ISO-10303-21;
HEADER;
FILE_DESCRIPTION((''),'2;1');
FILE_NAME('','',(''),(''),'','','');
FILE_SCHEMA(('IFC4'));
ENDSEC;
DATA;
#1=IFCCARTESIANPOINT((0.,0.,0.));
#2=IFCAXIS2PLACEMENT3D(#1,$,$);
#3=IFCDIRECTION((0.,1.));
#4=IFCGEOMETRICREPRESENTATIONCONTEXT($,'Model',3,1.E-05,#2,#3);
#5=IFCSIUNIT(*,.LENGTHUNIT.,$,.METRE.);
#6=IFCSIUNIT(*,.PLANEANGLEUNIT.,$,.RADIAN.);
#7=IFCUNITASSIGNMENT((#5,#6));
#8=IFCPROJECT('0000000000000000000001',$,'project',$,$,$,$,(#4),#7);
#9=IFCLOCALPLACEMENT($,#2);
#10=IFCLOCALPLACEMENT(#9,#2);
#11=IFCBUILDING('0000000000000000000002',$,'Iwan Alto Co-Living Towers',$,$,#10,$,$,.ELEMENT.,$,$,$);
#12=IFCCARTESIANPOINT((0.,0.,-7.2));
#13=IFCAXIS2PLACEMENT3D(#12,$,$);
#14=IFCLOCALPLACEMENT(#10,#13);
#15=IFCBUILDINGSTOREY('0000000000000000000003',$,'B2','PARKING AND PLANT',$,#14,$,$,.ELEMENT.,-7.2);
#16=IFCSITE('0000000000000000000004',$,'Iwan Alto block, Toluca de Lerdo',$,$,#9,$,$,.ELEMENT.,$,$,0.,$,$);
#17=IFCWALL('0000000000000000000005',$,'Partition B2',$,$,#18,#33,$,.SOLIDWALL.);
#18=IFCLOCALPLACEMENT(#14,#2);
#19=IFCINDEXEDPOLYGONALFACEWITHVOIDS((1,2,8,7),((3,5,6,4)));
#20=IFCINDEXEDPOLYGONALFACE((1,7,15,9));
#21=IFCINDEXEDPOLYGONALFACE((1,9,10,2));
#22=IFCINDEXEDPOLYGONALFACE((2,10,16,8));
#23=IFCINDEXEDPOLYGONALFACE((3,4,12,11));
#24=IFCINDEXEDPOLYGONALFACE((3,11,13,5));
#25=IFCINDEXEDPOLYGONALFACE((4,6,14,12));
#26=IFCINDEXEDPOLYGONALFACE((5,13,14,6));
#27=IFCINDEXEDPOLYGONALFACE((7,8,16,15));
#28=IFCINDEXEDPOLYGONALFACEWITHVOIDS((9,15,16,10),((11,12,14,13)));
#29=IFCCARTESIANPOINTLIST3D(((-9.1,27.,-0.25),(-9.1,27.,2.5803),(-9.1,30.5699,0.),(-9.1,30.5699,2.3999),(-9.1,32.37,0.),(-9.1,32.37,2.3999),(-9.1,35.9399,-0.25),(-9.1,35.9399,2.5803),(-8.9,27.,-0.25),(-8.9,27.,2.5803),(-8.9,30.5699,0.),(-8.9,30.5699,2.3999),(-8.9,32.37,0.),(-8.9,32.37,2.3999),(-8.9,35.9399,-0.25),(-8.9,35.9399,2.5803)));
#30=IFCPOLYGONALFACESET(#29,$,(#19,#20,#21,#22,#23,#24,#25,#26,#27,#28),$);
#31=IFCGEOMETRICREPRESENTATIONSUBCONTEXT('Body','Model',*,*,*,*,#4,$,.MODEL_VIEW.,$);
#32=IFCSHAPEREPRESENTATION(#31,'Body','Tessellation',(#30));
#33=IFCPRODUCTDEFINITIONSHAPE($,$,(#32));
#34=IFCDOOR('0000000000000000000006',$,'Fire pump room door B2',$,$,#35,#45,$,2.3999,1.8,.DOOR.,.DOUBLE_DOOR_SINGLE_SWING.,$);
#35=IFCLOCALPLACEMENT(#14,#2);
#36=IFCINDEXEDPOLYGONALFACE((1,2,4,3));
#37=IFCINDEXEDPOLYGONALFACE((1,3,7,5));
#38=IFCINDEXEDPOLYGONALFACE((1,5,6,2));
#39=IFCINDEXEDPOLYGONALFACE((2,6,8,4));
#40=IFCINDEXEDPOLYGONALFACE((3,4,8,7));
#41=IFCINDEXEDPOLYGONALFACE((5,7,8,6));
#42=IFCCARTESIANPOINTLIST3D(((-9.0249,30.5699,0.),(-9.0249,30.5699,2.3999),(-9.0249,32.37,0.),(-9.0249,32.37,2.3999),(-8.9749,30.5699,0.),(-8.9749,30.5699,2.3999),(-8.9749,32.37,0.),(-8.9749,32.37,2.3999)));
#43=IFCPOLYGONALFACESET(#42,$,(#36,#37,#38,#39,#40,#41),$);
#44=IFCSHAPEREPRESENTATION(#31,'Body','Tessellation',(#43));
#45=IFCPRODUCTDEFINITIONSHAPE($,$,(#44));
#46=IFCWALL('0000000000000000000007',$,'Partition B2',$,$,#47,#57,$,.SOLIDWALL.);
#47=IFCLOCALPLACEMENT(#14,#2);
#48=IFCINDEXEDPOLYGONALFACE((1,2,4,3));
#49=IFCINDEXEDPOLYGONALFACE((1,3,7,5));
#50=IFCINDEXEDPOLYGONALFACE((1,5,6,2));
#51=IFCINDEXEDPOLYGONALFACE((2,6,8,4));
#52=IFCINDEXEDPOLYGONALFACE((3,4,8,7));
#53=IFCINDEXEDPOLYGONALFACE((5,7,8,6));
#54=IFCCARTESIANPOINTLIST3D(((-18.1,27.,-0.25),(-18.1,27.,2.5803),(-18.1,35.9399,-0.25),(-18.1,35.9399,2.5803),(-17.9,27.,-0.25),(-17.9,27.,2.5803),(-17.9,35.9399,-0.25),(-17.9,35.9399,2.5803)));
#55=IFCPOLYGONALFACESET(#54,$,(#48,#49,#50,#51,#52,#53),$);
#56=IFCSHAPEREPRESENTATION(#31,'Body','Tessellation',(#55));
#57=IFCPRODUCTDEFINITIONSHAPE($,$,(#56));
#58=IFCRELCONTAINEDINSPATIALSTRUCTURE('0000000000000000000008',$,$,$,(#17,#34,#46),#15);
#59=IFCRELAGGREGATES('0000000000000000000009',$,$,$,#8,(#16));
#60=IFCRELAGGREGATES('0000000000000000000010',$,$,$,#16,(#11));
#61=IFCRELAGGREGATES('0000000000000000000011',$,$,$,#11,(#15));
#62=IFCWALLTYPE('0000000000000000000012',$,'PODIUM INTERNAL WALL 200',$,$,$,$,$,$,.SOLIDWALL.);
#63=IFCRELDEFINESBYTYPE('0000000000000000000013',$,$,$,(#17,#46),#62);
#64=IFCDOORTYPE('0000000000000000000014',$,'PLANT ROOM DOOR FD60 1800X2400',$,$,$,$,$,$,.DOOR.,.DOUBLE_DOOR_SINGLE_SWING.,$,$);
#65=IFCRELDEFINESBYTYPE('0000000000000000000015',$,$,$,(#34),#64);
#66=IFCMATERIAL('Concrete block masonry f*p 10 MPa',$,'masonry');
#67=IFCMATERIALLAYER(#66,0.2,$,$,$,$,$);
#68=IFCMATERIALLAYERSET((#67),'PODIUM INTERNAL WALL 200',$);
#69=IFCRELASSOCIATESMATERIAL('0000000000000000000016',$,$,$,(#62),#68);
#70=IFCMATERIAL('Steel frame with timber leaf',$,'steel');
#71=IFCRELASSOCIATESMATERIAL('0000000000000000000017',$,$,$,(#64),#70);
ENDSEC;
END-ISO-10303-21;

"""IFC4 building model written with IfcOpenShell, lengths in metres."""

from ifc_helpers import new_model, si_unit, direction, frame, frame_2d, origin, place, context, subcontext, project, spatial, rectangle, extrude, material, layer, layer_set, type_object, element, fill, save


model = new_model("IFC4")

# Units and contexts
model_context = context("Model", 3, precision=1e-05, world=origin(), true_north=direction((0.0, 1.0)))
body_context = subcontext(model_context, "Body", "Model", "MODEL_VIEW")
ifc_project = project(units=[si_unit("LENGTHUNIT", "METRE"), si_unit("PLANEANGLEUNIT", "RADIAN")], contexts=[model_context])

# Site, building, storey
site_placement = place(None, origin())
site = spatial("IfcSite", under=ifc_project, at=site_placement, Name="Iwan Alto block, Toluca de Lerdo", CompositionType="ELEMENT", RefElevation=0.0)
building_placement = place(site_placement, origin())
building = spatial("IfcBuilding", under=site, at=building_placement, Name="Iwan Alto Co-Living Towers", CompositionType="ELEMENT")
storey_placement = place(building_placement, frame((0.0, 0.0, -7.2)))
storey = spatial("IfcBuildingStorey", under=building, at=storey_placement, Name="B2", Description="PARKING AND PLANT", CompositionType="ELEMENT", Elevation=-7.2)

# Wall, opening, door
ifc_material_1 = material(Name="Concrete block masonry f*p 10 MPa", Category="masonry")
ifc_layer_1 = layer(ifc_material_1, 0.2)
ifc_layer_set_1 = layer_set([ifc_layer_1], Name="PODIUM INTERNAL WALL 200")
wall_type_1 = type_object("IfcWallType", Name="PODIUM INTERNAL WALL 200", PredefinedType="SOLIDWALL", material=ifc_layer_set_1)
wall_1_placement = place(storey_placement, frame((-9.0, 27.0, -0.25), z_axis=(0.0, 0.0, 1.0), x_axis=(0.0, 1.0, 0.0)))
wall_1 = element("IfcWall", 1, at=wall_1_placement, inside=storey, type_object=wall_type_1, Name="Partition B2", PredefinedType="SOLIDWALL", context=body_context, shape_type="SweptSolid", body=[
    extrude(rectangle(XDim=8.9399, YDim=0.2, at=frame_2d((4.47, 0.0))), origin(), (0.0, 0.0, 1.0), 2.8303),
])
opening_placement = place(wall_1_placement, frame((3.5701, 0.0, 0.25)))
opening = element("IfcOpeningElement", 2, at=opening_placement, cuts=wall_1, PredefinedType="OPENING", context=body_context, shape_type="SweptSolid", body=[
    extrude(rectangle(XDim=1.8, YDim=2.3999, at=frame_2d((0.8999, 1.2))), frame((0.0, 0.1099, 0.0), z_axis=(0.0, -1.0, 0.0), x_axis=(1.0, 0.0, 0.0)), (0.0, 0.0, 1.0), 0.22),
])
ifc_material_2 = material(Name="Steel frame with timber leaf", Category="steel")
door_type = type_object("IfcDoorType", Name="PLANT ROOM DOOR FD60 1800X2400", OperationType="DOUBLE_DOOR_SINGLE_SWING", PredefinedType="DOOR", material=ifc_material_2)
door_placement = place(opening_placement, origin())
door = element("IfcDoor", 3, at=door_placement, inside=storey, type_object=door_type, Name="Fire pump room door B2", OperationType="DOUBLE_DOOR_SINGLE_SWING", OverallHeight=2.3999, OverallWidth=1.8, PredefinedType="DOOR", context=body_context, shape_type="SweptSolid", body=[
    extrude(rectangle(XDim=1.8, YDim=2.3999, at=frame_2d((0.8999, 1.2))), frame((0.0, 0.0249, 0.0), z_axis=(0.0, -1.0, 0.0), x_axis=(1.0, 0.0, 0.0)), (0.0, 0.0, 1.0), 0.05),
])
fill(opening, door)

# Wall
wall_2_placement = place(storey_placement, frame((-18.0, 27.0, -0.25), z_axis=(0.0, 0.0, 1.0), x_axis=(0.0, 1.0, 0.0)))
element("IfcWall", 4, at=wall_2_placement, inside=storey, type_object=wall_type_1, Name="Partition B2", PredefinedType="SOLIDWALL", context=body_context, shape_type="SweptSolid", body=[
    extrude(rectangle(XDim=8.9399, YDim=0.2, at=frame_2d((4.47, 0.0))), origin(), (0.0, 0.0, 1.0), 2.8303),
])

save(model, "model.ifc")
